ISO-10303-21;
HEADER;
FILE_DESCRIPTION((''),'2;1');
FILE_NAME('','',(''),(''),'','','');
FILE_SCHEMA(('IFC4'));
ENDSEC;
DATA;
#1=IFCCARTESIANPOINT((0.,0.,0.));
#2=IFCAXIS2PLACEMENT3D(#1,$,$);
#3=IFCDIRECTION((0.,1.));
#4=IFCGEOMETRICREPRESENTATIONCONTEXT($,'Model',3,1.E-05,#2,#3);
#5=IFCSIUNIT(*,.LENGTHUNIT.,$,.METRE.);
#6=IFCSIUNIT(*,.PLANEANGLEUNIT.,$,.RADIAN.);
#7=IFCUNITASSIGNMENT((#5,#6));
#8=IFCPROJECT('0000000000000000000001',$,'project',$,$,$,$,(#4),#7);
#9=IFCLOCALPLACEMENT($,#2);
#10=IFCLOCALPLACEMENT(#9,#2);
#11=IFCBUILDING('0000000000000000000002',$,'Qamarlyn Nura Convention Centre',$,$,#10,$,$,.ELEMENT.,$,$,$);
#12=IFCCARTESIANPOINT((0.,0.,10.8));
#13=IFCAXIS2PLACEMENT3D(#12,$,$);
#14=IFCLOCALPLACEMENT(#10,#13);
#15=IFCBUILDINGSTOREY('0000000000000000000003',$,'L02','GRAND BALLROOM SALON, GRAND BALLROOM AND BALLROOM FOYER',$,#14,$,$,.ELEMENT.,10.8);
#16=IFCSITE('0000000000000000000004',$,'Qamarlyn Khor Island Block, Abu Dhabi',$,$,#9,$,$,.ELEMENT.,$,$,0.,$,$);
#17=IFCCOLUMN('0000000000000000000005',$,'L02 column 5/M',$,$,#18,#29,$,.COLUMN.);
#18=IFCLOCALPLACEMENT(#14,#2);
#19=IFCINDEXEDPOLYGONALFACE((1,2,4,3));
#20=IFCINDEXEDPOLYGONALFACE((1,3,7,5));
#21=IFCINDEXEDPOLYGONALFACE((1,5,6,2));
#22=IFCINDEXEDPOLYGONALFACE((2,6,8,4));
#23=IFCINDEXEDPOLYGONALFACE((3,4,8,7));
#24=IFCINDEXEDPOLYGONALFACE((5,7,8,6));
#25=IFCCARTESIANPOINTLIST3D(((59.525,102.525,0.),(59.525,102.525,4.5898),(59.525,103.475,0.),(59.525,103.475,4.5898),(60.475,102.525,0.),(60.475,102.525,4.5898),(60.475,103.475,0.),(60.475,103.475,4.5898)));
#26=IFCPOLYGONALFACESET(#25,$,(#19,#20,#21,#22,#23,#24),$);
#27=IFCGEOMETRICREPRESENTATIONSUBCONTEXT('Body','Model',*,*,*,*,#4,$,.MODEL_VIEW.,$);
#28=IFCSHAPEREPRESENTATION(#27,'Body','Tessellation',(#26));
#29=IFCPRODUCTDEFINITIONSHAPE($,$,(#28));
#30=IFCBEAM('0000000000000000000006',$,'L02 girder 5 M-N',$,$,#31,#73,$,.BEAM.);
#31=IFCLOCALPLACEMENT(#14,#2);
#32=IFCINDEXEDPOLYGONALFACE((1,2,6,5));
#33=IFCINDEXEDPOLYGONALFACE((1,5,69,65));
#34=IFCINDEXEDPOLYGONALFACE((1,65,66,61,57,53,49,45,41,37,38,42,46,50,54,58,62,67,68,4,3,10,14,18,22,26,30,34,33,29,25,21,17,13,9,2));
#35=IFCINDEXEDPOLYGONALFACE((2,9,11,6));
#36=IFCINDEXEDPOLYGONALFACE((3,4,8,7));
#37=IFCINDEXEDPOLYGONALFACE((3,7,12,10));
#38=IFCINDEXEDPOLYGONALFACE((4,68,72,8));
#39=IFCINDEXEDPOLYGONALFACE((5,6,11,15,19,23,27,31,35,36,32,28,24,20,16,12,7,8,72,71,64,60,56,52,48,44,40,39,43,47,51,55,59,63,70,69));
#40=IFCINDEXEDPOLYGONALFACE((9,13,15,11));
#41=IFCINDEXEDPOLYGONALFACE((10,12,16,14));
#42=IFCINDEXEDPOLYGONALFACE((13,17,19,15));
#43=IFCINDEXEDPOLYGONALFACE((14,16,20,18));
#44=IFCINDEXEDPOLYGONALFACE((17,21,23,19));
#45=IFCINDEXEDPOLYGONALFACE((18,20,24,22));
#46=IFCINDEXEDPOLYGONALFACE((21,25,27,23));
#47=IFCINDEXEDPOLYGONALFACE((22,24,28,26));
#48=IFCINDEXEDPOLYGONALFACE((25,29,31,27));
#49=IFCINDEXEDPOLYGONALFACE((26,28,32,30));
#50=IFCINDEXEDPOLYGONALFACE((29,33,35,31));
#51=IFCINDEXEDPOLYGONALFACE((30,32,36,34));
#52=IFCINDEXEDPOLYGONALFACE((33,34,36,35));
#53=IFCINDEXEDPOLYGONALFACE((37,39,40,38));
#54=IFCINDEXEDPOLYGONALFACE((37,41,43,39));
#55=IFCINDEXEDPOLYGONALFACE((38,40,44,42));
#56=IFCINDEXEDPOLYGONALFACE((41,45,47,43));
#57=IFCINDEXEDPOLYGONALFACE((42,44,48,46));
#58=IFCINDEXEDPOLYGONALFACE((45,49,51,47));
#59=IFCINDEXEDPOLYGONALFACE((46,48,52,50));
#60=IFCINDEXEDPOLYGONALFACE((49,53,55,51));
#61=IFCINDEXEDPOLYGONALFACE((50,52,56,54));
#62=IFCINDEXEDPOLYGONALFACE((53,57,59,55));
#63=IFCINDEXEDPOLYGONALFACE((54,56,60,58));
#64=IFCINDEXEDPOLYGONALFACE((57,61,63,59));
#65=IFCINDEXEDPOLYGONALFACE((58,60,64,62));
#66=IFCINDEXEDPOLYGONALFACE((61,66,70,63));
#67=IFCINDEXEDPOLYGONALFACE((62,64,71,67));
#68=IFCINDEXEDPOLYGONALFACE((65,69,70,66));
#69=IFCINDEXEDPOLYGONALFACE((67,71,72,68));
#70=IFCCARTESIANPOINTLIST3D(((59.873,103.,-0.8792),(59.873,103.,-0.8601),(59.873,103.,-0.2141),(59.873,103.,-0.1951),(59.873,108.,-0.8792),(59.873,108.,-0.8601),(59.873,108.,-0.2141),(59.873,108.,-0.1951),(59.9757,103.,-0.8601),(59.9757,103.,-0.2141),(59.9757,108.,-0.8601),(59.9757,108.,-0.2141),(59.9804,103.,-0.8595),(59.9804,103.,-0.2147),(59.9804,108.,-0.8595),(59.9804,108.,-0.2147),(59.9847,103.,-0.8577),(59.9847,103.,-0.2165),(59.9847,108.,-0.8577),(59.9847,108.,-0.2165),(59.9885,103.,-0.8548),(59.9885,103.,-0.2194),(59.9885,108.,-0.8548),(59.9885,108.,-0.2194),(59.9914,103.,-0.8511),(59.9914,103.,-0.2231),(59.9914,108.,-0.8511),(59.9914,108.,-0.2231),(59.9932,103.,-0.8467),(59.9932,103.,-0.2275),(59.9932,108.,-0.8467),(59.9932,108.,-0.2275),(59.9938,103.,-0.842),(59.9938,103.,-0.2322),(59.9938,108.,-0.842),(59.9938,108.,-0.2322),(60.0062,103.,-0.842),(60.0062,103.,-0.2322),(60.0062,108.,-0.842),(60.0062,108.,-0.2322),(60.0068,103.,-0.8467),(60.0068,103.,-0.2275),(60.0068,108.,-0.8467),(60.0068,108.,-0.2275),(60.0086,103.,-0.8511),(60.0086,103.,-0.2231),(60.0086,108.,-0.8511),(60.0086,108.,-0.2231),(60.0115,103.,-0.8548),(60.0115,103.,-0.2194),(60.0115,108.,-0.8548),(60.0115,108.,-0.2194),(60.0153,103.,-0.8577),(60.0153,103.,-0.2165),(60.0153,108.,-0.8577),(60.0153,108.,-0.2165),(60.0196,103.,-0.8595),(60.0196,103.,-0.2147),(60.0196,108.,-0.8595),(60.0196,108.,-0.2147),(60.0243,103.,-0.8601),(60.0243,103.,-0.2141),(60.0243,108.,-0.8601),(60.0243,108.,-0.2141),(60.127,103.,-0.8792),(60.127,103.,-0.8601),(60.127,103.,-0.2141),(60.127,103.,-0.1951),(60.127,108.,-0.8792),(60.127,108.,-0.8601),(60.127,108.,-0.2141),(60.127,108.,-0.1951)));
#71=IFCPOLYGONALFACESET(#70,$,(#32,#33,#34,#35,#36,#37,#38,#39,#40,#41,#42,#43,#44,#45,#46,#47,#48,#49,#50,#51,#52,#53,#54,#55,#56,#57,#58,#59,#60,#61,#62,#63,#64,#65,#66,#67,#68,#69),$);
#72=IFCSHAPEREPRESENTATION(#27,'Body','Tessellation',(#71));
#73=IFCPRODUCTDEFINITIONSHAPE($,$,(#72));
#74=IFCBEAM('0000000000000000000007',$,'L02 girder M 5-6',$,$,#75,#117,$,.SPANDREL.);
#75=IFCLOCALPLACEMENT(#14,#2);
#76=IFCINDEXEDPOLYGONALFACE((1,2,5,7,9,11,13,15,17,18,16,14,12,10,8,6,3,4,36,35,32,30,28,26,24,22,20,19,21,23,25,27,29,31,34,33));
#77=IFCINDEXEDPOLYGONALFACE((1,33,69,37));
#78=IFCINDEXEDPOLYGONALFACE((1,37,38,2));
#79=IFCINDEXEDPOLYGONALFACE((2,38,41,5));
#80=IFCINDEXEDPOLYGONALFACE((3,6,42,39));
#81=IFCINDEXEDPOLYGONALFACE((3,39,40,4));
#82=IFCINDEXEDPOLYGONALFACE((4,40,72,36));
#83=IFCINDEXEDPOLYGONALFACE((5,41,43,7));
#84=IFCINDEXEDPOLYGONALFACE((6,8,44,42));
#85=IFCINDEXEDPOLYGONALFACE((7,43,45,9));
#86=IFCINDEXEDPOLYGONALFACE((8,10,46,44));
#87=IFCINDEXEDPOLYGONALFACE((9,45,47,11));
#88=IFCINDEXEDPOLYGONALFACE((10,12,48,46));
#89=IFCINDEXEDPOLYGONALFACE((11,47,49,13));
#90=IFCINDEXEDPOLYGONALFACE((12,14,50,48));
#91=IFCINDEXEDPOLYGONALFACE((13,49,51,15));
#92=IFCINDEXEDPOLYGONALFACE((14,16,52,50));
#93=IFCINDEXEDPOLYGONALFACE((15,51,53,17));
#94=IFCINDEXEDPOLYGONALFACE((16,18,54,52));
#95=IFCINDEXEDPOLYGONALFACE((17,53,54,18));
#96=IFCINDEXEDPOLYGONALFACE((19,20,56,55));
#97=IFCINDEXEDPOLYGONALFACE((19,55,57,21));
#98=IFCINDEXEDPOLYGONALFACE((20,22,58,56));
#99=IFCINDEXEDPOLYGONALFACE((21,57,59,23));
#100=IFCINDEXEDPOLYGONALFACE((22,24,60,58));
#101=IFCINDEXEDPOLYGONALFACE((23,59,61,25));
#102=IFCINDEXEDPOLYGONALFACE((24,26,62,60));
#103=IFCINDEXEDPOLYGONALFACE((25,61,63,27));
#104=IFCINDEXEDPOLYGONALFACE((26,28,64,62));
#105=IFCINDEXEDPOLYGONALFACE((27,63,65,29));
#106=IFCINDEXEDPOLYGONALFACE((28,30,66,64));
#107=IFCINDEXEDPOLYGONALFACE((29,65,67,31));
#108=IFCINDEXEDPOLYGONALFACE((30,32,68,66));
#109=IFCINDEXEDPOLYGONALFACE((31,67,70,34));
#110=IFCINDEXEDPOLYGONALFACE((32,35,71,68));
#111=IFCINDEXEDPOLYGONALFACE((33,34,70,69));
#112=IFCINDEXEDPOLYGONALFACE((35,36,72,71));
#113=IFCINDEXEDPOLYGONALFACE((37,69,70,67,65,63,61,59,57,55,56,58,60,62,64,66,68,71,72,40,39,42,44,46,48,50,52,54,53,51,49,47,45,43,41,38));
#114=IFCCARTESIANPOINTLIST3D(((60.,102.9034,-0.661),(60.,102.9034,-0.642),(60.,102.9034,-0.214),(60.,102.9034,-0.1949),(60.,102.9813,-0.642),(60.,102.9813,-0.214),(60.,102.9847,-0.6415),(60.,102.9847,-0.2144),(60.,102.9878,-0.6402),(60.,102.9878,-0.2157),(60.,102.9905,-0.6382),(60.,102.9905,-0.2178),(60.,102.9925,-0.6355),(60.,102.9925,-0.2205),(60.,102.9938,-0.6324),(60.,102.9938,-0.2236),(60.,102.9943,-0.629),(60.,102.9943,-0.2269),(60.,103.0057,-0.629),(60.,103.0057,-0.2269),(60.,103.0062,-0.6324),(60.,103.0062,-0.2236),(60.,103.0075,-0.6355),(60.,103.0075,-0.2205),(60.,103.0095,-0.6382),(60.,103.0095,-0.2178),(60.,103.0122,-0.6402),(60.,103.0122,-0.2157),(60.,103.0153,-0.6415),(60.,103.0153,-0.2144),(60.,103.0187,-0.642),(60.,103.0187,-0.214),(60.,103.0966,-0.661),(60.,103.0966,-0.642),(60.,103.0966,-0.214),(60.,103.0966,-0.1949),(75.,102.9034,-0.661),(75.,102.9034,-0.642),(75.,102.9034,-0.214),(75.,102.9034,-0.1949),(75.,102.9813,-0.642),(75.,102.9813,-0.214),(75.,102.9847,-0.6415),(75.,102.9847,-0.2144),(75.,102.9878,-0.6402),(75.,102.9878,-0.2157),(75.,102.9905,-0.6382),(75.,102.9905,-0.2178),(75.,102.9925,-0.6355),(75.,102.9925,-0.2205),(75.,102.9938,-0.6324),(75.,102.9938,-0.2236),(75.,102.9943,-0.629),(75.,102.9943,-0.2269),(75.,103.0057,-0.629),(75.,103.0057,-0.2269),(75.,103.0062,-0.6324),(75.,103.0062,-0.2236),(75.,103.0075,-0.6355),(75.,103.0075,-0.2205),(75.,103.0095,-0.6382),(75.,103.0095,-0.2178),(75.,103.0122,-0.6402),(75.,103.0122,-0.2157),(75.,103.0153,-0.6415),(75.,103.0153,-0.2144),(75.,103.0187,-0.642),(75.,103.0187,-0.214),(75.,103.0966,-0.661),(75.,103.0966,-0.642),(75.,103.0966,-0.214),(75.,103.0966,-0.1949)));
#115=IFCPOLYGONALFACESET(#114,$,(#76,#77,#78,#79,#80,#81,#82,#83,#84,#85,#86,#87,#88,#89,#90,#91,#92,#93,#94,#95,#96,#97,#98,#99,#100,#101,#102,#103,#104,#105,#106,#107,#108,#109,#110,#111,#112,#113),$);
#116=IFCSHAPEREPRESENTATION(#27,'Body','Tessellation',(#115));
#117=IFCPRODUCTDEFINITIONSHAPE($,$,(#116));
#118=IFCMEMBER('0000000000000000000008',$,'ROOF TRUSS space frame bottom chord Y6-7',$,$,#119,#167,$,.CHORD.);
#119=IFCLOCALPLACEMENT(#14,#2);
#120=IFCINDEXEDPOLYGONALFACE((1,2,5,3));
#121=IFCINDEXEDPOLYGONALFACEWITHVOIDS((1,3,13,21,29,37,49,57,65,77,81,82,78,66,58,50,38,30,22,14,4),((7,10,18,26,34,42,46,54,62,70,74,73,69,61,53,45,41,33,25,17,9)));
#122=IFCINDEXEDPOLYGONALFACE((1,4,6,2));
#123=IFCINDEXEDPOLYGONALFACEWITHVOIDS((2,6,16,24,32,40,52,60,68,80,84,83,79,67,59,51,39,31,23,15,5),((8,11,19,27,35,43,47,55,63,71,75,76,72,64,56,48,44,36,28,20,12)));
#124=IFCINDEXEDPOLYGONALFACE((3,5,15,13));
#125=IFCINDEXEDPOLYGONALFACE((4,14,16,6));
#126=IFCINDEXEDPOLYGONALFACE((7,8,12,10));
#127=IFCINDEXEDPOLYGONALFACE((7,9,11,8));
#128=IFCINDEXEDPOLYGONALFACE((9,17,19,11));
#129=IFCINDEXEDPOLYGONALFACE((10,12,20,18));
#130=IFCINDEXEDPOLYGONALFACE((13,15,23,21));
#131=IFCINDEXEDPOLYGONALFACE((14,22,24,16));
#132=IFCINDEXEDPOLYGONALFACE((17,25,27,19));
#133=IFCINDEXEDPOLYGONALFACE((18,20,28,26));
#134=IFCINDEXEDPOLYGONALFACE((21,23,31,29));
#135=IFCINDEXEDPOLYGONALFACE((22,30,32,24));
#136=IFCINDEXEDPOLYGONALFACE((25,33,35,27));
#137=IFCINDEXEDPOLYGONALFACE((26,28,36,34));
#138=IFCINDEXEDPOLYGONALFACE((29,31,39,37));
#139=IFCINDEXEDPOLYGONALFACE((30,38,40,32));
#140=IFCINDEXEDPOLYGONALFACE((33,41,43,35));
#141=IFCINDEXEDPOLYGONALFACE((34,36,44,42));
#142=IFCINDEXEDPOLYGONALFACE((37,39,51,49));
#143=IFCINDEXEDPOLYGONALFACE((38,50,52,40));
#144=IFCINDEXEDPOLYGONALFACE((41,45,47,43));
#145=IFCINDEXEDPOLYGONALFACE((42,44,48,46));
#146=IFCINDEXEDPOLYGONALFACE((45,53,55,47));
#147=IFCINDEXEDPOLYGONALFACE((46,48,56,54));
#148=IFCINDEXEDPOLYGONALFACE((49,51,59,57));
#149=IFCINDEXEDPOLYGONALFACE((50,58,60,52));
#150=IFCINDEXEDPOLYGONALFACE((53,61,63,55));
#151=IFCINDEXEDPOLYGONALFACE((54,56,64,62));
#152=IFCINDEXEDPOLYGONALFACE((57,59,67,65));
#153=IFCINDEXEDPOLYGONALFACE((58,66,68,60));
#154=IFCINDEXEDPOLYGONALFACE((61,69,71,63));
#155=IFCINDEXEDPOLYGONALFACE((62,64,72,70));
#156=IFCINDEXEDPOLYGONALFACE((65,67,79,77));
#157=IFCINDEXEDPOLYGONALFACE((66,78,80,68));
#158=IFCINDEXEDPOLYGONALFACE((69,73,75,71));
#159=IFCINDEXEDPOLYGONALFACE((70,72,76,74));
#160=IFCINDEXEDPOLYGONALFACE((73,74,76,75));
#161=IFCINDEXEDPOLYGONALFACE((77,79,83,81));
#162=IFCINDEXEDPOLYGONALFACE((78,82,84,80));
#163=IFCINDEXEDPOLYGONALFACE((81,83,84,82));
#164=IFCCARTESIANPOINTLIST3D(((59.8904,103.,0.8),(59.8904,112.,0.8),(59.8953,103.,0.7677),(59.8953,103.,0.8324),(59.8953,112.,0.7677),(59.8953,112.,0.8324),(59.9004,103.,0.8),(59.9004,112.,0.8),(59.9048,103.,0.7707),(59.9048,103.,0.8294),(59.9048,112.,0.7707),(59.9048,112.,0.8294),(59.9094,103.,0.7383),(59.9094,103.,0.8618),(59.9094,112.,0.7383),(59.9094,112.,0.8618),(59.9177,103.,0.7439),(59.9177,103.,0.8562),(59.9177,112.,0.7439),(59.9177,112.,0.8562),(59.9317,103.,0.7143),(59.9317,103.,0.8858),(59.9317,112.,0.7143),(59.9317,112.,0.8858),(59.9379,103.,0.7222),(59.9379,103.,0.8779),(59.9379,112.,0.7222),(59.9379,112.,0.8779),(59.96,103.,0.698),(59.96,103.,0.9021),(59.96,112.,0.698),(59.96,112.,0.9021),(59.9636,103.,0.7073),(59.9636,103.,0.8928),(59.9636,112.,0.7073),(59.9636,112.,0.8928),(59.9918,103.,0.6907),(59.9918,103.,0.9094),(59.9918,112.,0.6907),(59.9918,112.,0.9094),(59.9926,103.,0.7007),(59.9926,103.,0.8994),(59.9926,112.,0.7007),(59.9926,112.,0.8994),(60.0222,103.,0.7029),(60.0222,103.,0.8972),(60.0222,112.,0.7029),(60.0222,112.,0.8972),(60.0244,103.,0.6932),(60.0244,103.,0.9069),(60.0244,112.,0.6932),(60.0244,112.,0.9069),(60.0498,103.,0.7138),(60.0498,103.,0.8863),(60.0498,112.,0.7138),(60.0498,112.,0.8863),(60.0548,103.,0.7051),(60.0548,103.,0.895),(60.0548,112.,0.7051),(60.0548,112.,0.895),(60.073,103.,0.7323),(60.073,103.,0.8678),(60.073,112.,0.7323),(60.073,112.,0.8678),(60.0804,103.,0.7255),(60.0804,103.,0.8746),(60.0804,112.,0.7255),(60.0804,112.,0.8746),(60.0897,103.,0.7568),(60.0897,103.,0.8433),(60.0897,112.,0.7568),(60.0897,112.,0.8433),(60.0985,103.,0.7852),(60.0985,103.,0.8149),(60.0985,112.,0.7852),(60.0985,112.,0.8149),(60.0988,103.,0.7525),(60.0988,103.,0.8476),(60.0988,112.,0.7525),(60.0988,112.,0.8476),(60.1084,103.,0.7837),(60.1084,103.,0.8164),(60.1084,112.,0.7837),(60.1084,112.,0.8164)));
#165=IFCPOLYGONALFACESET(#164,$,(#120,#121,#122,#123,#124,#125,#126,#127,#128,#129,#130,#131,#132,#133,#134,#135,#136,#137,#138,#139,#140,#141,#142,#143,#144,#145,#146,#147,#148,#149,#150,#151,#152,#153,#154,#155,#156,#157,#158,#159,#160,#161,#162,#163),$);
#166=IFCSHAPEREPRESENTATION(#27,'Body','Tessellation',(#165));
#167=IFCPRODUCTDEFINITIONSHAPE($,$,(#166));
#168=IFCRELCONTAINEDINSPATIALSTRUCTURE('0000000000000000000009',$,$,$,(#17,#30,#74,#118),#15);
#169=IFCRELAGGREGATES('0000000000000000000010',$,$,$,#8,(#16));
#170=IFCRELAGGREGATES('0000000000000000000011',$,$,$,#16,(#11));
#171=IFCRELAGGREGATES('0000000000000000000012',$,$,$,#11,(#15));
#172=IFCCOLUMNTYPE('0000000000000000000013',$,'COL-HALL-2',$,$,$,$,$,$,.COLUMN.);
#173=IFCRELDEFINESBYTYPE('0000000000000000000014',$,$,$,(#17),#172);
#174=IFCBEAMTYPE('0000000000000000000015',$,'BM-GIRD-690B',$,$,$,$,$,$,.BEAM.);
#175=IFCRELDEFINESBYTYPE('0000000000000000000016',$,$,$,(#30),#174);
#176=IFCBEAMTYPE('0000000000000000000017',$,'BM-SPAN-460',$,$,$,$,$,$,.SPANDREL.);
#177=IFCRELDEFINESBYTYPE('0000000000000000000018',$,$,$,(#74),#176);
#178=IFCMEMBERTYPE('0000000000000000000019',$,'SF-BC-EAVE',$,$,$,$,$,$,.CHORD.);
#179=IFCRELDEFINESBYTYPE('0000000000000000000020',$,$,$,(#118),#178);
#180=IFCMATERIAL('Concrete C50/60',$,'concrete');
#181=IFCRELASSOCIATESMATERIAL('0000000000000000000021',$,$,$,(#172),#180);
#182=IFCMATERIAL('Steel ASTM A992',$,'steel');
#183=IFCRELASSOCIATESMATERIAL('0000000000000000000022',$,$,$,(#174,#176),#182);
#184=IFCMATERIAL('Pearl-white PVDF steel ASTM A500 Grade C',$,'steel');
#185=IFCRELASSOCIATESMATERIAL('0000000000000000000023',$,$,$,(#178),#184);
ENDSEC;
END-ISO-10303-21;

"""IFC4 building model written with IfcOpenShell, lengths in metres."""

from ifc_helpers import new_model, si_unit, direction, frame, origin, origin_2d, place, context, subcontext, project, spatial, rectangle, hollow_circle, i_section, extrude, material, material_profile, profile_set, type_object, element, save


model = new_model("IFC4")

# Units and contexts
model_context = context("Model", 3, precision=1e-05, world=origin(), true_north=direction((0.0, 1.0)))
body_context = subcontext(model_context, "Body", "Model", "MODEL_VIEW")
ifc_project = project(units=[si_unit("LENGTHUNIT", "METRE"), si_unit("PLANEANGLEUNIT", "RADIAN")], contexts=[model_context])

# Site, building, storey
site_placement = place(None, origin())
site = spatial("IfcSite", under=ifc_project, at=site_placement, Name="Qamarlyn Khor Island Block, Abu Dhabi", CompositionType="ELEMENT", RefElevation=0.0)
building_placement = place(site_placement, origin())
building = spatial("IfcBuilding", under=site, at=building_placement, Name="Qamarlyn Nura Convention Centre", CompositionType="ELEMENT")
storey_placement = place(building_placement, frame((0.0, 0.0, 10.8)))
storey = spatial("IfcBuildingStorey", under=building, at=storey_placement, Name="L02", Description="GRAND BALLROOM SALON, GRAND BALLROOM AND BALLROOM FOYER", CompositionType="ELEMENT", Elevation=10.8)

# Column
ifc_material_1 = material(Name="Concrete C50/60", Category="concrete")
ifc_material_profile_1 = material_profile(ifc_material_1, rectangle(XDim=0.95, YDim=0.95, at=origin_2d()), Name="RC 950x950")
ifc_profile_set_1 = profile_set([ifc_material_profile_1], Name="Concrete C50/60")
column_type = type_object("IfcColumnType", Name="COL-HALL-2", PredefinedType="COLUMN", material=ifc_profile_set_1)
column_placement = place(storey_placement, frame((60.0, 103.0, 0.0), z_axis=(0.0, 0.0, 1.0), x_axis=(1.0, 0.0, 0.0)))
element("IfcColumn", 1, at=column_placement, inside=storey, type_object=column_type, Name="L02 column 5/M", PredefinedType="COLUMN", context=body_context, shape_type="SweptSolid", body=[
    extrude(rectangle(XDim=0.95, YDim=0.95, at=origin_2d()), origin(), (0.0, 0.0, 1.0), 4.5898),
])

# Beams
ifc_material_2 = material(Name="Steel ASTM A992", Category="steel")
ifc_material_profile_2 = material_profile(ifc_material_2, i_section(OverallWidth=0.2539, OverallDepth=0.6841, WebThickness=0.0125, FlangeThickness=0.019, FilletRadius=0.0181, at=origin_2d()), Name="W690X140")
ifc_profile_set_2 = profile_set([ifc_material_profile_2], Name="Steel ASTM A992")
beam_type_1 = type_object("IfcBeamType", Name="BM-GIRD-690B", PredefinedType="BEAM", material=ifc_profile_set_2)
beam_1_placement = place(storey_placement, frame((60.0, 103.0, -0.5371), z_axis=(0.0, 1.0, 0.0), x_axis=(-1.0, 0.0, 0.0)))
element("IfcBeam", 2, at=beam_1_placement, inside=storey, type_object=beam_type_1, Name="L02 girder 5 M-N", PredefinedType="BEAM", context=body_context, shape_type="SweptSolid", body=[
    extrude(i_section(OverallWidth=0.2539, OverallDepth=0.6841, WebThickness=0.0125, FlangeThickness=0.019, FilletRadius=0.0181, at=origin_2d()), origin(), (0.0, 0.0, 1.0), 5.0),
])
ifc_material_profile_3 = material_profile(ifc_material_2, i_section(OverallWidth=0.1931, OverallDepth=0.4661, WebThickness=0.0115, FlangeThickness=0.019, FilletRadius=0.0129, at=origin_2d()), Name="W460X97")
ifc_profile_set_3 = profile_set([ifc_material_profile_3], Name="Steel ASTM A992")
beam_type_2 = type_object("IfcBeamType", Name="BM-SPAN-460", PredefinedType="SPANDREL", material=ifc_profile_set_3)
beam_2_placement = place(storey_placement, frame((60.0, 103.0, -0.428), z_axis=(1.0, 0.0, 0.0), x_axis=(0.0, 1.0, 0.0)))
element("IfcBeam", 3, at=beam_2_placement, inside=storey, type_object=beam_type_2, Name="L02 girder M 5-6", PredefinedType="SPANDREL", context=body_context, shape_type="SweptSolid", body=[
    extrude(i_section(OverallWidth=0.1931, OverallDepth=0.4661, WebThickness=0.0115, FlangeThickness=0.019, FilletRadius=0.0129, at=origin_2d()), origin(), (0.0, 0.0, 1.0), 15.0),
])

# Member
ifc_material_3 = material(Name="Pearl-white PVDF steel ASTM A500 Grade C", Category="steel")
ifc_material_profile_4 = material_profile(ifc_material_3, hollow_circle(Radius=0.1096, WallThickness=0.01, at=origin_2d()), Name="CHS219.1X10")
ifc_profile_set_4 = profile_set([ifc_material_profile_4], Name="Pearl-white PVDF steel ASTM A500 Grade C")
member_type_1 = type_object("IfcMemberType", Name="SF-BC-EAVE", PredefinedType="CHORD", material=ifc_profile_set_4)
member_1_placement = place(storey_placement, frame((60.0, 103.0, 0.8), z_axis=(0.0, 1.0, 0.0), x_axis=(-1.0, 0.0, 0.0)))
element("IfcMember", 4, at=member_1_placement, inside=storey, type_object=member_type_1, Name="ROOF TRUSS space frame bottom chord Y6-7", PredefinedType="CHORD", context=body_context, shape_type="SweptSolid", body=[
    extrude(hollow_circle(Radius=0.1096, WallThickness=0.01, at=origin_2d()), origin(), (0.0, 0.0, 1.0), 9.0),
])

save(model, "model.ifc")
